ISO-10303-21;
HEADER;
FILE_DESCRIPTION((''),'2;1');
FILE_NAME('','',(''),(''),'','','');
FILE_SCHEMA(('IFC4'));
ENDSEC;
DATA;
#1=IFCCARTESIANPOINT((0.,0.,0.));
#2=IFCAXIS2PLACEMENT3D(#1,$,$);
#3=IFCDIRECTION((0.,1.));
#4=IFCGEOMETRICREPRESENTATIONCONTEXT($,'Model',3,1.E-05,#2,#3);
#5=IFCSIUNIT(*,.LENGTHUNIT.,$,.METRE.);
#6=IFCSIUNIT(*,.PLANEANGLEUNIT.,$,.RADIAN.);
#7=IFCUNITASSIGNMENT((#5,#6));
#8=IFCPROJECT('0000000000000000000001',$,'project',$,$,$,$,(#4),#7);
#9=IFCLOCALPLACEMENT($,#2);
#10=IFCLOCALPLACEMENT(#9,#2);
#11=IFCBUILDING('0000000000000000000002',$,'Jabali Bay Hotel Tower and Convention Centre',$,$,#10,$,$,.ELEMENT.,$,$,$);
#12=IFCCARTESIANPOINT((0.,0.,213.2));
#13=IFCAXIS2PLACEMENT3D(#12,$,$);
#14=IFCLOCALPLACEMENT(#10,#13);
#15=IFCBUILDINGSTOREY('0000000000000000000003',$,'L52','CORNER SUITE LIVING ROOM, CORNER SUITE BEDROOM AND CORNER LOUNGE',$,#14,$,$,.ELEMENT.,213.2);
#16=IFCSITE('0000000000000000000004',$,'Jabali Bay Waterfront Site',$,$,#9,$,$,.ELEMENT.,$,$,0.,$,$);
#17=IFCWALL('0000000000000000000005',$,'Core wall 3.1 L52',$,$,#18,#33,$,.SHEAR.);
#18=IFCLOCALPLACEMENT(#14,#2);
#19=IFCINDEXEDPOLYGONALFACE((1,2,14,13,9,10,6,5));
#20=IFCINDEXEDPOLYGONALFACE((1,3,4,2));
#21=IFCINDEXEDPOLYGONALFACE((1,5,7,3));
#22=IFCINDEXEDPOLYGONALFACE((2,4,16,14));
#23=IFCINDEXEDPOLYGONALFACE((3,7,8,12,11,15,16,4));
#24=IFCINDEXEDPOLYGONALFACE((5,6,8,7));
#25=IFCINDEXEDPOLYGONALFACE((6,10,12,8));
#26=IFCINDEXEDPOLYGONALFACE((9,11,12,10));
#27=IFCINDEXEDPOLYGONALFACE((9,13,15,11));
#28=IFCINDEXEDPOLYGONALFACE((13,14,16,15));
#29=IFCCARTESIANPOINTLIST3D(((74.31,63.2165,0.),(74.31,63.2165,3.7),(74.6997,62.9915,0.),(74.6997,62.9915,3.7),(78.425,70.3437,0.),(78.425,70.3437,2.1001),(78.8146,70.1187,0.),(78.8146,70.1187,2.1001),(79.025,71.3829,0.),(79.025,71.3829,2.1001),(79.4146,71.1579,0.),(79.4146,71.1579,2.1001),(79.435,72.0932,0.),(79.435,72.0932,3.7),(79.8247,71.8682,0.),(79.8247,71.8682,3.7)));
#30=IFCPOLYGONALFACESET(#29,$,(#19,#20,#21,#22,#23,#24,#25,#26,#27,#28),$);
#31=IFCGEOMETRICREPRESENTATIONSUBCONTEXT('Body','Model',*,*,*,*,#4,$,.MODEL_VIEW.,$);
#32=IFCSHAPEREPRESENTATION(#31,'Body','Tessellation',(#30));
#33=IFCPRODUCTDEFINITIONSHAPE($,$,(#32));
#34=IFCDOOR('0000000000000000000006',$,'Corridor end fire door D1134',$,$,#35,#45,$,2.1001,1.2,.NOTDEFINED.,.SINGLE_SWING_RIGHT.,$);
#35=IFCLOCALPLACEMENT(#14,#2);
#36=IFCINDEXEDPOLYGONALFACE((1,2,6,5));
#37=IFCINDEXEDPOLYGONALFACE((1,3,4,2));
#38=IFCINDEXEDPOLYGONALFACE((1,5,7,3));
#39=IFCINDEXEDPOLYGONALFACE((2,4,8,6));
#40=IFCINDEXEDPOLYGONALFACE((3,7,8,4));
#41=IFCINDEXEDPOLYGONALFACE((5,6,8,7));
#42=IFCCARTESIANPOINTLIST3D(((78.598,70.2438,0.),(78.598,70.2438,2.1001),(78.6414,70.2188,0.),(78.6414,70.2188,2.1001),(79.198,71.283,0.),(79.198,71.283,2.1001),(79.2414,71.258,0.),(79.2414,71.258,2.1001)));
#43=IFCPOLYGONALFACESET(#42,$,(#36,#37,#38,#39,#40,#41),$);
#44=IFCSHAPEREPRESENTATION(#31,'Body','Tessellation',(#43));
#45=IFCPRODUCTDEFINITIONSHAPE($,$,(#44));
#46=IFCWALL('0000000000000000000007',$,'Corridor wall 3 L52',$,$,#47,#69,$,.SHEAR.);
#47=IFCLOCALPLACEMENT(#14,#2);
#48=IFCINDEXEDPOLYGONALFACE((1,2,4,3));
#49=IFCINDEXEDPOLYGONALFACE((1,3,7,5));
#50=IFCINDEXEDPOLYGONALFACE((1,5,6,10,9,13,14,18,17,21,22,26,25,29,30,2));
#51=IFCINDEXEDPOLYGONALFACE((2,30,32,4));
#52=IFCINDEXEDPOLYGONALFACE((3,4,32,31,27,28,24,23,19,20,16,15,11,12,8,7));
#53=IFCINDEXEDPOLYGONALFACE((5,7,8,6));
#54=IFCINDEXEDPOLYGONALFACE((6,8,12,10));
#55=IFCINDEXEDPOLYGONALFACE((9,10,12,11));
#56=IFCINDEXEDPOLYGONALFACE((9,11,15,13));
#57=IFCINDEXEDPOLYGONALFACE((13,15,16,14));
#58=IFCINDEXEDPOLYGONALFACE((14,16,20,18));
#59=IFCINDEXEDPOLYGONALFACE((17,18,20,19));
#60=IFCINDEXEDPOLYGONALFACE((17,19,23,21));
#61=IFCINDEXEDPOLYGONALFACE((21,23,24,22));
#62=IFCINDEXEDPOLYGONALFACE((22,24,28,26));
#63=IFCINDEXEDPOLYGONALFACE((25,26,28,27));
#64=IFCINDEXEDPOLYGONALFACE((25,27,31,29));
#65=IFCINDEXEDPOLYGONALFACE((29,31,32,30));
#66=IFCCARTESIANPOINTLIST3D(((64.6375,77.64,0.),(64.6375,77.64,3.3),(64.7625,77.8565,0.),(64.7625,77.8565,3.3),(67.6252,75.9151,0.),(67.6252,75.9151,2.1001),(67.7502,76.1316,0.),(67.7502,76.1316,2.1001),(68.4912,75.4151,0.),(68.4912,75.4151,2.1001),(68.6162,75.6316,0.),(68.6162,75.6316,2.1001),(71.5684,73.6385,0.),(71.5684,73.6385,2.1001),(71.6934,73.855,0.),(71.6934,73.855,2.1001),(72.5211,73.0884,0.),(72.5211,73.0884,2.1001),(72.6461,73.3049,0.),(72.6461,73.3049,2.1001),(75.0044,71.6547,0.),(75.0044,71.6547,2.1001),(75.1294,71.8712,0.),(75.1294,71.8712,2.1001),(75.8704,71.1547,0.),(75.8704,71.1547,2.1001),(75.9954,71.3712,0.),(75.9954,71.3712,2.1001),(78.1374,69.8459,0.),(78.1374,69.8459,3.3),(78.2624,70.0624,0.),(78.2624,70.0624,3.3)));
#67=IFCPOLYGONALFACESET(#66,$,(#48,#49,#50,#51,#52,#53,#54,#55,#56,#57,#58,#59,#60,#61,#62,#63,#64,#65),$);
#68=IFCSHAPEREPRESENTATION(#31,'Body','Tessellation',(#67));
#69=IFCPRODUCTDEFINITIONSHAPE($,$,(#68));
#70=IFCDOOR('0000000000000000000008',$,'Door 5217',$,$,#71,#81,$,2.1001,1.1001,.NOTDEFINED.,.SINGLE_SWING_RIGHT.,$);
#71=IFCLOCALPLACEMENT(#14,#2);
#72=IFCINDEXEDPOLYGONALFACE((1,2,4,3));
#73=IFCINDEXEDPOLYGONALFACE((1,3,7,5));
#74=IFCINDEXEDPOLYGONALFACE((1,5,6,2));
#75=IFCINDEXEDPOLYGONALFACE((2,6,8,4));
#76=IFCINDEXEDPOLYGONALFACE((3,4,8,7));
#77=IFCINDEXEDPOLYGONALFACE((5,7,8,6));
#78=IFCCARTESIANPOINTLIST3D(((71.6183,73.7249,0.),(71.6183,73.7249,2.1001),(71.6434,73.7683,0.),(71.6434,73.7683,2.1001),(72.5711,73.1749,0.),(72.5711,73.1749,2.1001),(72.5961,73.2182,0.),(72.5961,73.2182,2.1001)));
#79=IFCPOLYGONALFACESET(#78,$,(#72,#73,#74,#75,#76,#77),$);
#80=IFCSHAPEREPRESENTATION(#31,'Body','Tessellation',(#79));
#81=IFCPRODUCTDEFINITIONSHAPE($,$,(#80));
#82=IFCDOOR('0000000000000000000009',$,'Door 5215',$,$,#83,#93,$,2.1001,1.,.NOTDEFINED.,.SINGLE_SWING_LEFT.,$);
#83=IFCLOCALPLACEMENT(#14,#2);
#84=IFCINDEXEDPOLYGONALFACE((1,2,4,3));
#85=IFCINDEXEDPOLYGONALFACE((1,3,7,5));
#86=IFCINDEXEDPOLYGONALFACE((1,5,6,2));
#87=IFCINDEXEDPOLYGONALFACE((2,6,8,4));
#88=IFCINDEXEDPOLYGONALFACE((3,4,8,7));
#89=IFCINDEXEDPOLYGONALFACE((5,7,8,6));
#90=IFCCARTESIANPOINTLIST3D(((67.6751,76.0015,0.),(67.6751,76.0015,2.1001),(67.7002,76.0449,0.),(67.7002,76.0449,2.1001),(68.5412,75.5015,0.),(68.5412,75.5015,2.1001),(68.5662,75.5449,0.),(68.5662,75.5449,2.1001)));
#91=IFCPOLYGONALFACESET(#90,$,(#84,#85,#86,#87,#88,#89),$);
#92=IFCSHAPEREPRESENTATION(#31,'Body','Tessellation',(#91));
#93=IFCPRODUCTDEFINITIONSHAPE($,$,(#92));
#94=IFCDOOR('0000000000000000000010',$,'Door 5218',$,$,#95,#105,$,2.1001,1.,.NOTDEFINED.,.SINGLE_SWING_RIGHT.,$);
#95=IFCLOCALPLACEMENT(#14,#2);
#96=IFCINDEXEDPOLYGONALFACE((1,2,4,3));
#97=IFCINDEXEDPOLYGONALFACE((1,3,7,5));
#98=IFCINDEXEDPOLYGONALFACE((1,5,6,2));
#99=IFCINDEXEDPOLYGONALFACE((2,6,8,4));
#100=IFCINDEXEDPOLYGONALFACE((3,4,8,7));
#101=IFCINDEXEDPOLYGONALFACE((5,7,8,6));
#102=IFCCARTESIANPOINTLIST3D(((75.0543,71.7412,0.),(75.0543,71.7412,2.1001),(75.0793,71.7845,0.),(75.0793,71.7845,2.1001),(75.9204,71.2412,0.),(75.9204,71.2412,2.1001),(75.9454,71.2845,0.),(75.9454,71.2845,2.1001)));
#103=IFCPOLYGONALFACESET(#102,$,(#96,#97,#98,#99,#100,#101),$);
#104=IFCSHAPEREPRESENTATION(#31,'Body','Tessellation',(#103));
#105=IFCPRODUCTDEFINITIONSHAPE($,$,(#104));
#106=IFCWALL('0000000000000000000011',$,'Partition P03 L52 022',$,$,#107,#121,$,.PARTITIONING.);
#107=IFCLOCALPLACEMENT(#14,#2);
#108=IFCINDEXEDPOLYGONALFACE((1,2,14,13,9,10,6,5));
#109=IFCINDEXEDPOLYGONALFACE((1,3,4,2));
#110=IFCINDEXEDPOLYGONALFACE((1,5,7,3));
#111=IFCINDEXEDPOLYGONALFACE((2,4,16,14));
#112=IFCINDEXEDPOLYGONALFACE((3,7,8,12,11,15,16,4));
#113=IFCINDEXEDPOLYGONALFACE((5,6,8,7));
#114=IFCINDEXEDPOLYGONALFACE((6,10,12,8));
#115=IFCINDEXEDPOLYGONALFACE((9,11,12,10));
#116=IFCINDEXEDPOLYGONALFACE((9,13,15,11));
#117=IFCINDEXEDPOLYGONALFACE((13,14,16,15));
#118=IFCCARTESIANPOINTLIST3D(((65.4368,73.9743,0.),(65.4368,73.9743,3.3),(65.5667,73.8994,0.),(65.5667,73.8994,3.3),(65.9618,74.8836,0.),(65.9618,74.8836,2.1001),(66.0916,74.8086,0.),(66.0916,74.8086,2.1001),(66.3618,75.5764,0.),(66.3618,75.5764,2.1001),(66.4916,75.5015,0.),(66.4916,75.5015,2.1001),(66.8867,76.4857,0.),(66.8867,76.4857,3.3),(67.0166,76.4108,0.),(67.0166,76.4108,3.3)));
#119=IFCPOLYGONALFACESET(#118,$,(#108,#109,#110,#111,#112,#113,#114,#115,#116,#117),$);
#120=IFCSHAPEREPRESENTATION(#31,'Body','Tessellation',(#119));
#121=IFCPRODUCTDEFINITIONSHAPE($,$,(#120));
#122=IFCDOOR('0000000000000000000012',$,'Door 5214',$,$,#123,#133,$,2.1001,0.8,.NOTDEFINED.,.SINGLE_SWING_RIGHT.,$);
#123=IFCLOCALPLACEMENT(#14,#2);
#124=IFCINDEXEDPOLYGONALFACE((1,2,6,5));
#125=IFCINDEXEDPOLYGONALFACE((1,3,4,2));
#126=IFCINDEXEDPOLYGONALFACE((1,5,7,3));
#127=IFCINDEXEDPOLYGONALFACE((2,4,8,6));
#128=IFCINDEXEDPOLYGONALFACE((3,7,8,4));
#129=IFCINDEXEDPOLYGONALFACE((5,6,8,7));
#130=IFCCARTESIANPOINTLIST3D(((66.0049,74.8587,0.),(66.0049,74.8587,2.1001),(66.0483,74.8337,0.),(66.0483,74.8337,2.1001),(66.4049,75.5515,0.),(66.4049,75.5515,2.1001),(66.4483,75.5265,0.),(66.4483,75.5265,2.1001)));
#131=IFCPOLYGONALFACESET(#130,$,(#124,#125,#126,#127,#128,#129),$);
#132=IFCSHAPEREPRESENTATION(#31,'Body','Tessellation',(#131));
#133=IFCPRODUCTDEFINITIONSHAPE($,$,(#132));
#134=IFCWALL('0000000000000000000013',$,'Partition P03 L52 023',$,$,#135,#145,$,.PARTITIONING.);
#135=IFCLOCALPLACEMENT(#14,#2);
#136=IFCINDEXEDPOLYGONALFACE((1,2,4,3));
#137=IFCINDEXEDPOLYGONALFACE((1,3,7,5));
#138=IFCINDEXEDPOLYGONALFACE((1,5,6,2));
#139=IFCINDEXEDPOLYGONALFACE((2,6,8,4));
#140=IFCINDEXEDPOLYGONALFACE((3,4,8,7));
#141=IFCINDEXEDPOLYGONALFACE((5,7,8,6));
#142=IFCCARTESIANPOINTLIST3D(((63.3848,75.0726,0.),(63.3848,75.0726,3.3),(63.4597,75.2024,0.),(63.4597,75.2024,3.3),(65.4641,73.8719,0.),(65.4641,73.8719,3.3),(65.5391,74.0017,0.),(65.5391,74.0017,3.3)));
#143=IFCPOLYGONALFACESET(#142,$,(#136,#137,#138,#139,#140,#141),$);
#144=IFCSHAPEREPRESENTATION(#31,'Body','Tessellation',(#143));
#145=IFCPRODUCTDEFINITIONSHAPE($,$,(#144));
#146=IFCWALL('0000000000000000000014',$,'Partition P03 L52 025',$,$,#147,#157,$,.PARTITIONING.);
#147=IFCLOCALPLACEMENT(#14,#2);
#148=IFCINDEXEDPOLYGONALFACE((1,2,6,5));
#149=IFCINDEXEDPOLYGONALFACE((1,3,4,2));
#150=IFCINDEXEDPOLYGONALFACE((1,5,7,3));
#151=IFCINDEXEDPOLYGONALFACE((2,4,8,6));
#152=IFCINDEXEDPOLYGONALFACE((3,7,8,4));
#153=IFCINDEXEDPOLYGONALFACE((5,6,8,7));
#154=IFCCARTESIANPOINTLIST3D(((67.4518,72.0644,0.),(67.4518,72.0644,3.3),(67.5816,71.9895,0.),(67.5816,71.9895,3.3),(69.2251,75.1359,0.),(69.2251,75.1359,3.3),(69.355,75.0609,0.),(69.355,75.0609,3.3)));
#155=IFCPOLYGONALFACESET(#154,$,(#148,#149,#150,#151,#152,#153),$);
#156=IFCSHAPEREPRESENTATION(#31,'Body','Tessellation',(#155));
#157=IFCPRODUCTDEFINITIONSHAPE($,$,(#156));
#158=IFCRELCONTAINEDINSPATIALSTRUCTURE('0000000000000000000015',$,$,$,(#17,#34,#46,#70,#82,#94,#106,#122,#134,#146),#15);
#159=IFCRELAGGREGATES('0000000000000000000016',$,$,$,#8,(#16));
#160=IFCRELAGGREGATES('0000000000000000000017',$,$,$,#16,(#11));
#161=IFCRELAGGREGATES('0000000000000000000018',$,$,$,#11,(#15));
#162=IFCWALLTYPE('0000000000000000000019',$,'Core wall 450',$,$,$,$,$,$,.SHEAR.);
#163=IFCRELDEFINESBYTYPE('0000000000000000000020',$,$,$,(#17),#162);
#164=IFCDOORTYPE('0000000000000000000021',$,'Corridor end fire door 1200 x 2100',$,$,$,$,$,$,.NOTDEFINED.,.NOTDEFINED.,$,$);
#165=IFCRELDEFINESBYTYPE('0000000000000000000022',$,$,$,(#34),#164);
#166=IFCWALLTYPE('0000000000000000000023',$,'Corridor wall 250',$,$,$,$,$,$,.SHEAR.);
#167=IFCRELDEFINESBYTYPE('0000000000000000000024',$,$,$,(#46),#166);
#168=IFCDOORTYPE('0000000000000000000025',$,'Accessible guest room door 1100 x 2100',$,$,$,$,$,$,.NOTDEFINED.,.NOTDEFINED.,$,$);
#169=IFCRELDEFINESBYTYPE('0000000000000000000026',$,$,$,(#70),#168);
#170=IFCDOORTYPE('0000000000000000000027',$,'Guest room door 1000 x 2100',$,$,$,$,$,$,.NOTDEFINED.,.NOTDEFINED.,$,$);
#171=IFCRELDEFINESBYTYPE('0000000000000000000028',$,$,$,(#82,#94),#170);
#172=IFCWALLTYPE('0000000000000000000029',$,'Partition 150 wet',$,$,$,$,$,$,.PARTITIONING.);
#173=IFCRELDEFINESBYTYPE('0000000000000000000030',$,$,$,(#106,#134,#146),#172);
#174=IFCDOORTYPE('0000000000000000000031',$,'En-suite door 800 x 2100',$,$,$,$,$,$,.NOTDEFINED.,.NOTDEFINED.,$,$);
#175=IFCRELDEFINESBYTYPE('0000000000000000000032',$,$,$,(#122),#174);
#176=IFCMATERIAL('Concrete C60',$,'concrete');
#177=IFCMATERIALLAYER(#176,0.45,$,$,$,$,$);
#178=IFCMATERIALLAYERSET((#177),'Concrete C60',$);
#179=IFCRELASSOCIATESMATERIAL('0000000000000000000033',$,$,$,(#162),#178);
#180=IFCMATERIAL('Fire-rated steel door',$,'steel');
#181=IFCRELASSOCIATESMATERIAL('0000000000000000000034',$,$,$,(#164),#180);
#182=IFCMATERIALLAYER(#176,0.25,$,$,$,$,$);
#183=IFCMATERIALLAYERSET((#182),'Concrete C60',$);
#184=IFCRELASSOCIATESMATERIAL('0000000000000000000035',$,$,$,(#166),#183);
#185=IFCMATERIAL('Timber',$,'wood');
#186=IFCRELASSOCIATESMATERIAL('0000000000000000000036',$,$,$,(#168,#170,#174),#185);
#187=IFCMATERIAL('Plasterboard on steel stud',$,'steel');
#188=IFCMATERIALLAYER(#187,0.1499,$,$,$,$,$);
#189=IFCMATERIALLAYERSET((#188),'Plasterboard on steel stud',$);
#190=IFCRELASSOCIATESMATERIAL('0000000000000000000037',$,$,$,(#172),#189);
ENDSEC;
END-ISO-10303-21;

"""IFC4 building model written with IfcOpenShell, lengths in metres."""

from ifc_helpers import new_model, si_unit, direction, frame, frame_2d, origin, place, context, subcontext, project, spatial, rectangle, extrude, material, layer, layer_set, type_object, element, fill, save


model = new_model("IFC4")

# Units and contexts
model_context = context("Model", 3, precision=1e-05, world=origin(), true_north=direction((0.0, 1.0)))
body_context = subcontext(model_context, "Body", "Model", "MODEL_VIEW")
ifc_project = project(units=[si_unit("LENGTHUNIT", "METRE"), si_unit("PLANEANGLEUNIT", "RADIAN")], contexts=[model_context])

# Site, building, storey
site_placement = place(None, origin())
site = spatial("IfcSite", under=ifc_project, at=site_placement, Name="Jabali Bay Waterfront Site", CompositionType="ELEMENT", RefElevation=0.0)
building_placement = place(site_placement, origin())
building = spatial("IfcBuilding", under=site, at=building_placement, Name="Jabali Bay Hotel Tower and Convention Centre", CompositionType="ELEMENT")
storey_placement = place(building_placement, frame((0.0, 0.0, 213.2)))
storey = spatial("IfcBuildingStorey", under=building, at=storey_placement, Name="L52", Description="CORNER SUITE LIVING ROOM, CORNER SUITE BEDROOM AND CORNER LOUNGE", CompositionType="ELEMENT", Elevation=213.2)

# Wall, opening, door
ifc_material_1 = material(Name="Concrete C60", Category="concrete")
ifc_layer_1 = layer(ifc_material_1, 0.45)
ifc_layer_set_1 = layer_set([ifc_layer_1], Name="Concrete C60")
wall_type_1 = type_object("IfcWallType", Name="Core wall 450", PredefinedType="SHEAR", material=ifc_layer_set_1)
ifc_material_2 = material(Name="Fire-rated steel door", Category="steel")
door_type_1 = type_object("IfcDoorType", Name="Corridor end fire door 1200 x 2100", OperationType="NOTDEFINED", PredefinedType="NOTDEFINED", material=ifc_material_2)
wall_1_placement = place(storey_placement, frame((79.6299, 71.9807, 0.0), z_axis=(0.0, 0.0, 1.0), x_axis=(-0.500002, -0.866024, 0.0)))
wall_1 = element("IfcWall", 1, at=wall_1_placement, inside=storey, type_object=wall_type_1, Name="Core wall 3.1 L52", PredefinedType="SHEAR", context=body_context, shape_type="SweptSolid", body=[
    extrude(rectangle(XDim=10.25, YDim=0.45, at=frame_2d((5.125, 0.0))), origin(), (0.0, 0.0, 1.0), 3.7),
])
opening_1_placement = place(wall_1_placement, frame((0.8201, 0.0, 0.0)))
opening_1 = element("IfcOpeningElement", 2, at=opening_1_placement, cuts=wall_1, PredefinedType="OPENING", context=body_context, shape_type="SweptSolid", body=[
    extrude(rectangle(XDim=1.2, YDim=2.1001, at=frame_2d((0.6001, 1.05))), frame((0.0, 0.2354, 0.0), z_axis=(0.0, -1.0, 0.0), x_axis=(1.0, 0.0, 0.0)), (0.0, 0.0, 1.0), 0.4709),
])
door_1_placement = place(opening_1_placement, origin())
door_1 = element("IfcDoor", 3, at=door_1_placement, inside=storey, type_object=door_type_1, Name="Corridor end fire door D1134", OperationType="SINGLE_SWING_RIGHT", OverallHeight=2.1001, OverallWidth=1.2, PredefinedType="NOTDEFINED", context=body_context, shape_type="SweptSolid", body=[
    extrude(rectangle(XDim=1.2, YDim=2.1001, at=frame_2d((0.6001, 1.05))), frame((0.0, 0.0249, 0.0), z_axis=(0.0, -1.0, 0.0), x_axis=(1.0, 0.0, 0.0)), (0.0, 0.0, 1.0), 0.05),
])
fill(opening_1, door_1)

# Wall, openings, doors
ifc_layer_2 = layer(ifc_material_1, 0.25)
ifc_layer_set_2 = layer_set([ifc_layer_2], Name="Concrete C60")
wall_type_2 = type_object("IfcWallType", Name="Corridor wall 250", PredefinedType="SHEAR", material=ifc_layer_set_2)
wall_2_placement = place(storey_placement, frame((64.7, 77.7483, 0.0), z_axis=(0.0, 0.0, 1.0), x_axis=(0.866026, -0.499998, 0.0)))
wall_2 = element("IfcWall", 4, at=wall_2_placement, inside=storey, type_object=wall_type_2, Name="Corridor wall 3 L52", PredefinedType="SHEAR", context=body_context, shape_type="SweptSolid", body=[
    extrude(rectangle(XDim=15.5884, YDim=0.25, at=frame_2d((7.7942, 0.0))), origin(), (0.0, 0.0, 1.0), 3.3),
])
opening_2_placement = place(wall_2_placement, frame((3.45, 0.0, 0.0)))
opening_2 = element("IfcOpeningElement", 5, at=opening_2_placement, cuts=wall_2, PredefinedType="OPENING", context=body_context, shape_type="SweptSolid", body=[
    extrude(rectangle(XDim=1.0, YDim=2.1001, at=frame_2d((0.5, 1.05))), frame((0.0, 0.1355, 0.0), z_axis=(0.0, -1.0, 0.0), x_axis=(1.0, 0.0, 0.0)), (0.0, 0.0, 1.0), 0.271),
])
opening_3_placement = place(wall_2_placement, frame((8.0032, 0.0, 0.0)))
opening_3 = element("IfcOpeningElement", 6, at=opening_3_placement, cuts=wall_2, PredefinedType="OPENING", context=body_context, shape_type="SweptSolid", body=[
    extrude(rectangle(XDim=1.1001, YDim=2.1001, at=frame_2d((0.55, 1.05))), frame((0.0, 0.1355, 0.0), z_axis=(0.0, -1.0, 0.0), x_axis=(1.0, 0.0, 0.0)), (0.0, 0.0, 1.0), 0.271),
])
opening_4_placement = place(wall_2_placement, frame((11.9707, 0.0, 0.0)))
opening_4 = element("IfcOpeningElement", 7, at=opening_4_placement, cuts=wall_2, PredefinedType="OPENING", context=body_context, shape_type="SweptSolid", body=[
    extrude(rectangle(XDim=1.0, YDim=2.1001, at=frame_2d((0.5, 1.05))), frame((0.0, 0.1355, 0.0), z_axis=(0.0, -1.0, 0.0), x_axis=(1.0, 0.0, 0.0)), (0.0, 0.0, 1.0), 0.271),
])
ifc_material_3 = material(Name="Timber", Category="wood")
door_type_2 = type_object("IfcDoorType", Name="Accessible guest room door 1100 x 2100", OperationType="NOTDEFINED", PredefinedType="NOTDEFINED", material=ifc_material_3)
door_2_placement = place(opening_3_placement, origin())
door_2 = element("IfcDoor", 8, at=door_2_placement, inside=storey, type_object=door_type_2, Name="Door 5217", OperationType="SINGLE_SWING_RIGHT", OverallHeight=2.1001, OverallWidth=1.1001, PredefinedType="NOTDEFINED", context=body_context, shape_type="SweptSolid", body=[
    extrude(rectangle(XDim=1.1001, YDim=2.1001, at=frame_2d((0.55, 1.05))), frame((0.0, 0.0249, 0.0), z_axis=(0.0, -1.0, 0.0), x_axis=(1.0, 0.0, 0.0)), (0.0, 0.0, 1.0), 0.05),
])
fill(opening_3, door_2)
door_type_3 = type_object("IfcDoorType", Name="Guest room door 1000 x 2100", OperationType="NOTDEFINED", PredefinedType="NOTDEFINED", material=ifc_material_3)
door_3_placement = place(opening_2_placement, origin())
door_3 = element("IfcDoor", 9, at=door_3_placement, inside=storey, type_object=door_type_3, Name="Door 5215", OperationType="SINGLE_SWING_LEFT", OverallHeight=2.1001, OverallWidth=1.0, PredefinedType="NOTDEFINED", context=body_context, shape_type="SweptSolid", body=[
    extrude(rectangle(XDim=1.0, YDim=2.1001, at=frame_2d((0.5, 1.05))), frame((0.0, 0.0249, 0.0), z_axis=(0.0, -1.0, 0.0), x_axis=(1.0, 0.0, 0.0)), (0.0, 0.0, 1.0), 0.05),
])
fill(opening_2, door_3)
door_4_placement = place(opening_4_placement, origin())
door_4 = element("IfcDoor", 10, at=door_4_placement, inside=storey, type_object=door_type_3, Name="Door 5218", OperationType="SINGLE_SWING_RIGHT", OverallHeight=2.1001, OverallWidth=1.0, PredefinedType="NOTDEFINED", context=body_context, shape_type="SweptSolid", body=[
    extrude(rectangle(XDim=1.0, YDim=2.1001, at=frame_2d((0.5, 1.05))), frame((0.0, 0.0249, 0.0), z_axis=(0.0, -1.0, 0.0), x_axis=(1.0, 0.0, 0.0)), (0.0, 0.0, 1.0), 0.05),
])
fill(opening_4, door_4)

# Wall, opening, door
ifc_material_4 = material(Name="Plasterboard on steel stud", Category="steel")
ifc_layer_3 = layer(ifc_material_4, 0.1499)
ifc_layer_set_3 = layer_set([ifc_layer_3], Name="Plasterboard on steel stud")
wall_type_3 = type_object("IfcWallType", Name="Partition 150 wet", PredefinedType="PARTITIONING", material=ifc_layer_set_3)
wall_3_placement = place(storey_placement, frame((66.9517, 76.4482, 0.0), z_axis=(0.0, 0.0, 1.0), x_axis=(-0.499987, -0.866033, 0.0)))
wall_3 = element("IfcWall", 11, at=wall_3_placement, inside=storey, type_object=wall_type_3, Name="Partition P03 L52 022", PredefinedType="PARTITIONING", context=body_context, shape_type="SweptSolid", body=[
    extrude(rectangle(XDim=2.8999, YDim=0.1499, at=frame_2d((1.45, 0.0))), origin(), (0.0, 0.0, 1.0), 3.3),
])
opening_5_placement = place(wall_3_placement, frame((1.05, 0.0, 0.0)))
opening_5 = element("IfcOpeningElement", 12, at=opening_5_placement, cuts=wall_3, PredefinedType="OPENING", context=body_context, shape_type="SweptSolid", body=[
    extrude(rectangle(XDim=0.8, YDim=2.1001, at=frame_2d((0.3999, 1.05))), frame((0.0, 0.0854, 0.0), z_axis=(0.0, -1.0, 0.0), x_axis=(1.0, 0.0, 0.0)), (0.0, 0.0, 1.0), 0.1709),
])
door_type_4 = type_object("IfcDoorType", Name="En-suite door 800 x 2100", OperationType="NOTDEFINED", PredefinedType="NOTDEFINED", material=ifc_material_3)
door_5_placement = place(opening_5_placement, origin())
door_5 = element("IfcDoor", 13, at=door_5_placement, inside=storey, type_object=door_type_4, Name="Door 5214", OperationType="SINGLE_SWING_RIGHT", OverallHeight=2.1001, OverallWidth=0.8, PredefinedType="NOTDEFINED", context=body_context, shape_type="SweptSolid", body=[
    extrude(rectangle(XDim=0.8, YDim=2.1001, at=frame_2d((0.3999, 1.05))), frame((0.0, 0.0249, 0.0), z_axis=(0.0, -1.0, 0.0), x_axis=(1.0, 0.0, 0.0)), (0.0, 0.0, 1.0), 0.05),
])
fill(opening_5, door_5)

# Walls
wall_4_placement = place(storey_placement, frame((65.5017, 73.9368, 0.0), z_axis=(0.0, 0.0, 1.0), x_axis=(-0.865994, 0.500054, 0.0)))
element("IfcWall", 14, at=wall_4_placement, inside=storey, type_object=wall_type_3, Name="Partition P03 L52 023", PredefinedType="PARTITIONING", context=body_context, shape_type="SweptSolid", body=[
    extrude(rectangle(XDim=2.4011, YDim=0.1499, at=frame_2d((1.2007, 0.0))), origin(), (0.0, 0.0, 1.0), 3.3),
])
wall_5_placement = place(storey_placement, frame((67.5166, 72.0269, 0.0), z_axis=(0.0, 0.0, 1.0), x_axis=(0.500018, 0.866015, 0.0)))
element("IfcWall", 15, at=wall_5_placement, inside=storey, type_object=wall_type_3, Name="Partition P03 L52 025", PredefinedType="PARTITIONING", context=body_context, shape_type="SweptSolid", body=[
    extrude(rectangle(XDim=3.5466, YDim=0.1499, at=frame_2d((1.7734, 0.0))), origin(), (0.0, 0.0, 1.0), 3.3),
])

save(model, "model.ifc")
